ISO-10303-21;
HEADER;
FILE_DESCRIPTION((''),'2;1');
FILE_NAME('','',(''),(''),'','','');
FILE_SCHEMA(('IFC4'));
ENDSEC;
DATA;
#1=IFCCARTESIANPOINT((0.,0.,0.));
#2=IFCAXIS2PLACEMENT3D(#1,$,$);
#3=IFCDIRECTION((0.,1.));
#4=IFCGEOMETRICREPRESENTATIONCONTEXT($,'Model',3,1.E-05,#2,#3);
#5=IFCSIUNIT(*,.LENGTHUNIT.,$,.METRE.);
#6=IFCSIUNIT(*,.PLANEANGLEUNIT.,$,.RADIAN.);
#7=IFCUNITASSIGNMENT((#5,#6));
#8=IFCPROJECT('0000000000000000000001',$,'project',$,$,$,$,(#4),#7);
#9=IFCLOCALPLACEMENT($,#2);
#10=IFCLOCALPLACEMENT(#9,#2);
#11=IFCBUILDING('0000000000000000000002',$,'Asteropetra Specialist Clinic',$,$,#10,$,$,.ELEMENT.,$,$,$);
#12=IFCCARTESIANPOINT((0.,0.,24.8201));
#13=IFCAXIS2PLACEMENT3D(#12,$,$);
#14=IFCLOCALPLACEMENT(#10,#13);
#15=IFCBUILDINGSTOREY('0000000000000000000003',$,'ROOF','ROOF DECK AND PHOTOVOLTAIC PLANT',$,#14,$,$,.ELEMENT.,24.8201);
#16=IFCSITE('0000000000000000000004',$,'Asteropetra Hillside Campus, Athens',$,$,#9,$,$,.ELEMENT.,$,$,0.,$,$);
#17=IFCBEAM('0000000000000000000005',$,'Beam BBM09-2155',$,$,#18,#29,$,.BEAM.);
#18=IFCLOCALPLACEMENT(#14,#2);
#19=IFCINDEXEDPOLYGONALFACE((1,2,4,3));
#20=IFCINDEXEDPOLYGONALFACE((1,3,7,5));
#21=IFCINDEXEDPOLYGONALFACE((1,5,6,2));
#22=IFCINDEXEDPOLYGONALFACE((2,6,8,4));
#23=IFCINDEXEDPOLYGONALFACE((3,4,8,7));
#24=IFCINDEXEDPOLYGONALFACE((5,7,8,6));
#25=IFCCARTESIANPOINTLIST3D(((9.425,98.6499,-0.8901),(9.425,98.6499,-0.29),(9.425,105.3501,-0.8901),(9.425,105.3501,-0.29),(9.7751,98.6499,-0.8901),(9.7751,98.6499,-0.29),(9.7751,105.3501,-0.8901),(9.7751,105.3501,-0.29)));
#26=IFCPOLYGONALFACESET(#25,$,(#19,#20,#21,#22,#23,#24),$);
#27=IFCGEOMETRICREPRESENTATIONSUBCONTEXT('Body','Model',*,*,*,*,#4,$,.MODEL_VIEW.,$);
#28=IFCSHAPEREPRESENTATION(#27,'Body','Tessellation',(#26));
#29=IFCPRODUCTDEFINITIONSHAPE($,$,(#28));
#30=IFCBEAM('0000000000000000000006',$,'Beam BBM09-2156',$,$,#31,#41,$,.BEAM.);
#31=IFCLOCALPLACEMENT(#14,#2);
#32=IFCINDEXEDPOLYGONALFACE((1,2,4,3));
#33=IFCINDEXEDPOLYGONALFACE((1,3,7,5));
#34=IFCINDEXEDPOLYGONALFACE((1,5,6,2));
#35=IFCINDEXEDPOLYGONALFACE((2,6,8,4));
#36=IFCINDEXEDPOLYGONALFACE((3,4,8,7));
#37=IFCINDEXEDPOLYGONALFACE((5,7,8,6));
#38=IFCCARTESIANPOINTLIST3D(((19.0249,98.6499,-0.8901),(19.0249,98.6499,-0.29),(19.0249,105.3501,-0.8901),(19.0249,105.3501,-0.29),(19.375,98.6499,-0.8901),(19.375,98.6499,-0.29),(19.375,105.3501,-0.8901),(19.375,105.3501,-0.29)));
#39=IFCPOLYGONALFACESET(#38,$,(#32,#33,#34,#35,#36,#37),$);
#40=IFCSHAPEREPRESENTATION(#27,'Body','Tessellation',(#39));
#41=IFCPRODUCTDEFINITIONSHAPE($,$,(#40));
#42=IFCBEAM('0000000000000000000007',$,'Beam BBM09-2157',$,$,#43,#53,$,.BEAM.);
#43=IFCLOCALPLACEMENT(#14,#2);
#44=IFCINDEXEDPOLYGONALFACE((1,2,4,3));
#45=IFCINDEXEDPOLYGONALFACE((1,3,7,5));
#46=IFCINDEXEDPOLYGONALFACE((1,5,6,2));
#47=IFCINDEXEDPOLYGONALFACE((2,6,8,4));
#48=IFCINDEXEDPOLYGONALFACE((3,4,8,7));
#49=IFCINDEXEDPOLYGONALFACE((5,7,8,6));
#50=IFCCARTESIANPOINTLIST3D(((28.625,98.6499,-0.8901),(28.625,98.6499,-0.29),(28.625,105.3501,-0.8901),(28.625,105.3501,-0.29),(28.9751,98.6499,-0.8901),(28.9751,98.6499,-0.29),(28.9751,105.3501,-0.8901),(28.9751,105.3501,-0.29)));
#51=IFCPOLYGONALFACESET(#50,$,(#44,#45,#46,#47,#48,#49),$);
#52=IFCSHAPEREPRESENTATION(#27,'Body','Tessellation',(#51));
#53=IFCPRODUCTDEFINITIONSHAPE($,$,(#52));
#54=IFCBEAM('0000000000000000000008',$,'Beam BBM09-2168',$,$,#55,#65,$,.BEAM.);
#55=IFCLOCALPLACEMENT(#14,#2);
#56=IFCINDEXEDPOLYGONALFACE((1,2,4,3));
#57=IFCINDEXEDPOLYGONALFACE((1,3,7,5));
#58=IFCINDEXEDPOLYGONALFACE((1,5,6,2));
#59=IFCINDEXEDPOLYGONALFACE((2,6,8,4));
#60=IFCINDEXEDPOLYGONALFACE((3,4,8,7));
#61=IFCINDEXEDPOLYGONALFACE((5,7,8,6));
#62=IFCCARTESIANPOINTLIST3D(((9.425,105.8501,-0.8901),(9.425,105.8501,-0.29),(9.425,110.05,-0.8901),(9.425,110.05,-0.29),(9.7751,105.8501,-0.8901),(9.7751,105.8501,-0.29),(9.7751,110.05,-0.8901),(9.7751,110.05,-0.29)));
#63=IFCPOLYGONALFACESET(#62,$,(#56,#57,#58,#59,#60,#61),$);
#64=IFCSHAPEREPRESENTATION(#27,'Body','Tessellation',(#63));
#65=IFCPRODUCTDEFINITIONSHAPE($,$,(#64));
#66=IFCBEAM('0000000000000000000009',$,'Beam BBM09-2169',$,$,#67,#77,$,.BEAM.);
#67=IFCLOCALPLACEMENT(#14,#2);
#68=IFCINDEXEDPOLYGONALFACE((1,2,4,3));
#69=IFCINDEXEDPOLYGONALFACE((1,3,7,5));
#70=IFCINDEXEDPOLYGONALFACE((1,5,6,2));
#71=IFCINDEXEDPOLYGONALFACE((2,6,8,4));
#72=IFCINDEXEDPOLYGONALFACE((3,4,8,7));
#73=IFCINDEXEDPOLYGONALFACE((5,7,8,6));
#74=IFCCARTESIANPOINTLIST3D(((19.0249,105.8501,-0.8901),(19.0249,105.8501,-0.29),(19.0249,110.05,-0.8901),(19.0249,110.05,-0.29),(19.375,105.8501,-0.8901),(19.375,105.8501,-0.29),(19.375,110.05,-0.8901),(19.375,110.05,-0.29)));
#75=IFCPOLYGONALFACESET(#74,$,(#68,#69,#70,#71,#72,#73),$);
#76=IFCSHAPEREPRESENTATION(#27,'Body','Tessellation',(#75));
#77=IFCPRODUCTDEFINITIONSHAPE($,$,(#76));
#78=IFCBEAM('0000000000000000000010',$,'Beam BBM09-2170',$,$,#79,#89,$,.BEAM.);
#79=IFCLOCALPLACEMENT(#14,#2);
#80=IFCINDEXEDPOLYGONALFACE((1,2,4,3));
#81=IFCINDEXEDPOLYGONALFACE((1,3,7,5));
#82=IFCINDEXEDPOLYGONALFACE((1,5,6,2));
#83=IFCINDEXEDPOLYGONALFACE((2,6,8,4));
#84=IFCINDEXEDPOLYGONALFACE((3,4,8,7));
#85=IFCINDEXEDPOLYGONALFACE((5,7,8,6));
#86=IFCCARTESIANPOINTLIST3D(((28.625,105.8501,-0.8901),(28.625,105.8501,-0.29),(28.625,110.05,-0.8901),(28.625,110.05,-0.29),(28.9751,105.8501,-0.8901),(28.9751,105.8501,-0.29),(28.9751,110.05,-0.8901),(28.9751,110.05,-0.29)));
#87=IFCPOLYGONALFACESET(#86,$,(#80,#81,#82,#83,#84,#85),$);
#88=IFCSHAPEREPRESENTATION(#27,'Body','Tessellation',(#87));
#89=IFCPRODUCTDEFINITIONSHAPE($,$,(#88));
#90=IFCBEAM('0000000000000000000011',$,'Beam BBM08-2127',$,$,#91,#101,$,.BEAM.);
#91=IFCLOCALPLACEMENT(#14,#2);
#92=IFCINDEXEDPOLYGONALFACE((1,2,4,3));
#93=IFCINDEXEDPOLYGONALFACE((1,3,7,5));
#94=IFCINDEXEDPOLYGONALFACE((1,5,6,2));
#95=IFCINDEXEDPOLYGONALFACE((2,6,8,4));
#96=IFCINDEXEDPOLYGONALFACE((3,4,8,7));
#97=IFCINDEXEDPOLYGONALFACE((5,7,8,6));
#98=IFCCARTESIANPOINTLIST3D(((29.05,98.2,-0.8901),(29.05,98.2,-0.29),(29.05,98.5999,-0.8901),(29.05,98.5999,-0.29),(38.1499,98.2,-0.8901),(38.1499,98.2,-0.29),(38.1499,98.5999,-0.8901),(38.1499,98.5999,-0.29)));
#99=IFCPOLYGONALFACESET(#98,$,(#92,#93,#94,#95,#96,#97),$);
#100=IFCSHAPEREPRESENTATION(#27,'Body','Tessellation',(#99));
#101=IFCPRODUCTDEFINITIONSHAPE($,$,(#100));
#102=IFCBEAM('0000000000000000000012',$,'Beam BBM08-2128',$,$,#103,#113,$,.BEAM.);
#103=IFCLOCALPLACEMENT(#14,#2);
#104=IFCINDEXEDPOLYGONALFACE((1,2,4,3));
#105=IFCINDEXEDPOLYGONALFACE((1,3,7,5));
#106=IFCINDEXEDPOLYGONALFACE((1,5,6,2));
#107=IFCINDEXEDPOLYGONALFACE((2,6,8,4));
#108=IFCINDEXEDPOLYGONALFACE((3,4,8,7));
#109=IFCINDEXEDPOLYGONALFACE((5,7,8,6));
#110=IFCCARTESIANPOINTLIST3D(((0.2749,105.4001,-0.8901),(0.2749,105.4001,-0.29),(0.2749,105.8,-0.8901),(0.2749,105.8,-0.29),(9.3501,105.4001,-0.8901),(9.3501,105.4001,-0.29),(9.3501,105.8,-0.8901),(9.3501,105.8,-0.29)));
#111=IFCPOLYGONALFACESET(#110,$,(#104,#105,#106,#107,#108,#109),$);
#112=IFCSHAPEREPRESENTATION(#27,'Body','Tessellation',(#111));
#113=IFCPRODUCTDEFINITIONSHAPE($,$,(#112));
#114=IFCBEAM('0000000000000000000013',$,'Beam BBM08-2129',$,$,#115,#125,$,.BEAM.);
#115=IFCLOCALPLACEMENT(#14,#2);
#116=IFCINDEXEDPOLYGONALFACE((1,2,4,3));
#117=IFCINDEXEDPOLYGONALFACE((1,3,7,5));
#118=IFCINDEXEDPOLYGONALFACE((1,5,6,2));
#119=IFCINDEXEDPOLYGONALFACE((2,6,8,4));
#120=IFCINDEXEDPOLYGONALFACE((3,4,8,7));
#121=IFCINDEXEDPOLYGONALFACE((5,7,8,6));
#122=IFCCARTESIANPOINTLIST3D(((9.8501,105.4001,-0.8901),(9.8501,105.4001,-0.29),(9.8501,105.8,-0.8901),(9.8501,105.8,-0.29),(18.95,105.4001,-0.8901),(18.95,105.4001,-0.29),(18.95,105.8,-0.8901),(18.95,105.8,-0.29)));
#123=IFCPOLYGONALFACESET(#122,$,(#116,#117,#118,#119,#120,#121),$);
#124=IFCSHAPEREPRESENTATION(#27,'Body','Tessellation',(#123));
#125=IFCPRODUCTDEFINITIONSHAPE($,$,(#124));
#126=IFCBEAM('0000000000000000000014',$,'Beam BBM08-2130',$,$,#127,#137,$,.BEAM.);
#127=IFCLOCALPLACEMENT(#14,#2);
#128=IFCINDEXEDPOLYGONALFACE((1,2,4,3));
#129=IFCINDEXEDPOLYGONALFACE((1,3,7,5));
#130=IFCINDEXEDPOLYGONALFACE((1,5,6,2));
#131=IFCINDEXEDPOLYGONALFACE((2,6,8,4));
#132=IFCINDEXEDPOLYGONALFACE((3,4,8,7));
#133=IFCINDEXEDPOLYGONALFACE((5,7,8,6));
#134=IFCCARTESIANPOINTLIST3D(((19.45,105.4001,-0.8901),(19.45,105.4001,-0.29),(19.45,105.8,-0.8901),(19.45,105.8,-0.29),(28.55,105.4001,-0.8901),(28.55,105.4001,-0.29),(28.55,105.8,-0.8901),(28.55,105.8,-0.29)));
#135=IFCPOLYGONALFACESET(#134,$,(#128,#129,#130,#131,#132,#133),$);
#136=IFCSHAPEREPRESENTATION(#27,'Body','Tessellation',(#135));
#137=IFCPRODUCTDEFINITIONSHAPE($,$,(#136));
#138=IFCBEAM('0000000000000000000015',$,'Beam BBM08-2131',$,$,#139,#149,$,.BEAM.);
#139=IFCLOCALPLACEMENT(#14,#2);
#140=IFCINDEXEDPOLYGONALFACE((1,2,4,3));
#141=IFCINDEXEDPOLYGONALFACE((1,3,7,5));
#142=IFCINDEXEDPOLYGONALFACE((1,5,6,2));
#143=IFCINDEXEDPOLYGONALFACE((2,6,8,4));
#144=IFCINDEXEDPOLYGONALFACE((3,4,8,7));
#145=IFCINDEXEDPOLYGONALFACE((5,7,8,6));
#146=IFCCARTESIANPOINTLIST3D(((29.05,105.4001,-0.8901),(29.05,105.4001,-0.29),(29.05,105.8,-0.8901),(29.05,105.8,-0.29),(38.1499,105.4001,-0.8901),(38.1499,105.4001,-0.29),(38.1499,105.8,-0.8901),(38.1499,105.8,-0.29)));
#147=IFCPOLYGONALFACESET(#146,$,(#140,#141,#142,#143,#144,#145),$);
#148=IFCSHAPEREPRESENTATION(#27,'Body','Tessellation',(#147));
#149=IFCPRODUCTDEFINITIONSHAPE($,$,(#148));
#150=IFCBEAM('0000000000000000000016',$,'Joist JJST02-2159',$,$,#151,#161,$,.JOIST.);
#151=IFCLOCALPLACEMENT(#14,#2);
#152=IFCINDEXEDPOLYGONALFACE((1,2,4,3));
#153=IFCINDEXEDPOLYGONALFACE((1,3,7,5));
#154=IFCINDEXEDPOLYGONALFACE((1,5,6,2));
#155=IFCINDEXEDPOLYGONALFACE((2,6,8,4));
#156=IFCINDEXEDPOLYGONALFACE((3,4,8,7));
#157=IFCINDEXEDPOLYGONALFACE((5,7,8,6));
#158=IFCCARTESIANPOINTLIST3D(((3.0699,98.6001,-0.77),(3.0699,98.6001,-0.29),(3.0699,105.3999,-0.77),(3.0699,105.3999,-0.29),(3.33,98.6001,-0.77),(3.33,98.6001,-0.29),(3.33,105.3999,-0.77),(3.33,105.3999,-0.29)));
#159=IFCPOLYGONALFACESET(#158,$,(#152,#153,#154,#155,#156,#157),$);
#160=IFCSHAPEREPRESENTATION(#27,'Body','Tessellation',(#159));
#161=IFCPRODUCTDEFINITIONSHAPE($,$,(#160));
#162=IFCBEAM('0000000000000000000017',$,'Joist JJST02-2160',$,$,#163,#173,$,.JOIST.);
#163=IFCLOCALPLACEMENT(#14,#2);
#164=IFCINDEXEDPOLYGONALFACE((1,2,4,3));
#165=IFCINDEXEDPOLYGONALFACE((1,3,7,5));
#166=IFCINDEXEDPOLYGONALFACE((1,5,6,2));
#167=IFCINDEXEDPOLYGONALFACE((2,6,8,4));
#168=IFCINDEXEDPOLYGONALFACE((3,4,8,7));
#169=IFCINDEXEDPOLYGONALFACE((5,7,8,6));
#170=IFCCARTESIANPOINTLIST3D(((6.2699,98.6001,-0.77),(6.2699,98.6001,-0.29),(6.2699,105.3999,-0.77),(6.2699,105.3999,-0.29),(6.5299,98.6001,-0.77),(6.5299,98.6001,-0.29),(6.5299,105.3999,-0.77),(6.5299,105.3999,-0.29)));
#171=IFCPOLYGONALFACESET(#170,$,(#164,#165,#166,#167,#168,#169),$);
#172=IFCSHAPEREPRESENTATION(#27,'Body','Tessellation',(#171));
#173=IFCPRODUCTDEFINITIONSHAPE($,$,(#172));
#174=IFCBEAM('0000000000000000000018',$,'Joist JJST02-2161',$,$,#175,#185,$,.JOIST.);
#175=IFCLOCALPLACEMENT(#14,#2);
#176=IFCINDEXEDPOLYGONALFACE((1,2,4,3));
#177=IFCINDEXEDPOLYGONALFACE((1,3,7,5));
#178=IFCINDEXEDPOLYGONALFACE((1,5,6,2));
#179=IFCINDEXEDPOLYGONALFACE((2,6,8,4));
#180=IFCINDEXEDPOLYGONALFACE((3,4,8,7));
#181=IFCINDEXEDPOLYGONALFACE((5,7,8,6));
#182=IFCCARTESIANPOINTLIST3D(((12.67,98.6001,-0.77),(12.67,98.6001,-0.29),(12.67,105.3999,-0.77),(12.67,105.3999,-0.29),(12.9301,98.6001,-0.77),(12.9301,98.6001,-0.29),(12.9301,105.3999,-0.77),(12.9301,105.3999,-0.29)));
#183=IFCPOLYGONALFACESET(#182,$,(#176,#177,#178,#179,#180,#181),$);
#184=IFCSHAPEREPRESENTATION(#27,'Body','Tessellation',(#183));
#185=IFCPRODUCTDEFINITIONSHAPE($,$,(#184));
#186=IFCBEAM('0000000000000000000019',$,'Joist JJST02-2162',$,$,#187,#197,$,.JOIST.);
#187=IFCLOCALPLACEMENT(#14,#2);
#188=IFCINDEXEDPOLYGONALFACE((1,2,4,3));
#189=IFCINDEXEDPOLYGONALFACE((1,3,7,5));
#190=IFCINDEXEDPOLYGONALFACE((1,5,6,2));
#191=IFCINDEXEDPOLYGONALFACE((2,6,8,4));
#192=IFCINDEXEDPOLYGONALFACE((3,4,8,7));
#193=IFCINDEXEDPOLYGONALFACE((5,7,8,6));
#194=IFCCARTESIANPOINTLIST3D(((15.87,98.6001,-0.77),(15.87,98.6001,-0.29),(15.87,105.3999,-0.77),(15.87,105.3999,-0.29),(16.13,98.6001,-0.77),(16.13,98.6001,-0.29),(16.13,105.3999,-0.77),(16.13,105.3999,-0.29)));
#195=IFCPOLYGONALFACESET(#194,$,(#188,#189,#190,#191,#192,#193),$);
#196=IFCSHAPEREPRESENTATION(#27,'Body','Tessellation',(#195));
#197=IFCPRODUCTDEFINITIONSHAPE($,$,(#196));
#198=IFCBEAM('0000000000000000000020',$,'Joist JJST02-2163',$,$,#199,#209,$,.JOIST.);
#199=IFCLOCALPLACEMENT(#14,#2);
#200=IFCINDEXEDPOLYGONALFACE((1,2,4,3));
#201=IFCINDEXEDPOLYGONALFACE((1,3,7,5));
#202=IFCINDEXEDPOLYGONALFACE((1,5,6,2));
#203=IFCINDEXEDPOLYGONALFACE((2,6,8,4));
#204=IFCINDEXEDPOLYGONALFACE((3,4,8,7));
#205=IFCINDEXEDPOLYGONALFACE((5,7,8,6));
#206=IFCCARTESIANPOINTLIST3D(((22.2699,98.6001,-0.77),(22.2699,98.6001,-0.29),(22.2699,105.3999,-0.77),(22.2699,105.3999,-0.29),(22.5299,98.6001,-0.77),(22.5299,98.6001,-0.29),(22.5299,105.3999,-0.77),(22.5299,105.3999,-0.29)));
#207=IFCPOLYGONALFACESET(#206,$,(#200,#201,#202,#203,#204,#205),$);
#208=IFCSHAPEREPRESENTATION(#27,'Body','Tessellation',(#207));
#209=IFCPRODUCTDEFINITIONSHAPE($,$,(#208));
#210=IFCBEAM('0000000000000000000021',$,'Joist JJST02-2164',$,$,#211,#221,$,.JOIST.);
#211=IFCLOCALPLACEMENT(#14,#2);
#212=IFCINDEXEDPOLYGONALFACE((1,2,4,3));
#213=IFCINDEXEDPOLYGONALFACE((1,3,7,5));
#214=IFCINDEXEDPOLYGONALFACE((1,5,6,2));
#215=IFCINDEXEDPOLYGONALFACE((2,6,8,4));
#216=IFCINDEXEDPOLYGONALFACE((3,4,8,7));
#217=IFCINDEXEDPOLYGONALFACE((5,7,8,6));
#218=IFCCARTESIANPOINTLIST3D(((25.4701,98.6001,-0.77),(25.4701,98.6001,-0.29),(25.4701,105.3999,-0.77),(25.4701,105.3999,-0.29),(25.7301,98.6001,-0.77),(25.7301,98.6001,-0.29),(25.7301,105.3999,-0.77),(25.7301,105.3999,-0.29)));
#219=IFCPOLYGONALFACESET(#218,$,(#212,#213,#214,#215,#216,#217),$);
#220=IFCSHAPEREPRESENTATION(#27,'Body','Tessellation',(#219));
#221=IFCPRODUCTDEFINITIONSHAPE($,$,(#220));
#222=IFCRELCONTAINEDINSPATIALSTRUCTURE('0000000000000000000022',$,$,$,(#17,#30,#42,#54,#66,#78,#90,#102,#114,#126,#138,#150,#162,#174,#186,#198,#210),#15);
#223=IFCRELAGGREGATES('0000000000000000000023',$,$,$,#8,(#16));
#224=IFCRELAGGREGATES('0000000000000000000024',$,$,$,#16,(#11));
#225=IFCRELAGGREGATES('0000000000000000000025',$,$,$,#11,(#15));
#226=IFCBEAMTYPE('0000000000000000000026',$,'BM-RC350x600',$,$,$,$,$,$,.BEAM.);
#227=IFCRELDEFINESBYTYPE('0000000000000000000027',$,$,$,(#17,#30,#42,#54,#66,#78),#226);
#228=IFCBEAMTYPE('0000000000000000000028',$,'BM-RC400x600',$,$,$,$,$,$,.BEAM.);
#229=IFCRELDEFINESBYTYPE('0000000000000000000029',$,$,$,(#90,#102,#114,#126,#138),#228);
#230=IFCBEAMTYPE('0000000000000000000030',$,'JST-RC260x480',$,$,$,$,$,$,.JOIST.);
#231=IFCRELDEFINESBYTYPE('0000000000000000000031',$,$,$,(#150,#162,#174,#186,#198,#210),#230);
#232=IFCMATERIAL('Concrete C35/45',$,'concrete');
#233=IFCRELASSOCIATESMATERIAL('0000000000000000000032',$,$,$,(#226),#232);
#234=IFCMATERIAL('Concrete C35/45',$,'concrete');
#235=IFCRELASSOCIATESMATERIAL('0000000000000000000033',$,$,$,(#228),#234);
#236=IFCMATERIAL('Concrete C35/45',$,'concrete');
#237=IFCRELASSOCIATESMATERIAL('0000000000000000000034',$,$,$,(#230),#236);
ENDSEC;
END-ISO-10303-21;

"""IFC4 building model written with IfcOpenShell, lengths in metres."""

from ifc_helpers import new_model, si_unit, direction, frame, origin, origin_2d, place, context, subcontext, project, spatial, rectangle, extrude, material, material_profile, profile_set, type_object, element, save


model = new_model("IFC4")

# Units and contexts
model_context = context("Model", 3, precision=1e-05, world=origin(), true_north=direction((0.0, 1.0)))
body_context = subcontext(model_context, "Body", "Model", "MODEL_VIEW")
ifc_project = project(units=[si_unit("LENGTHUNIT", "METRE"), si_unit("PLANEANGLEUNIT", "RADIAN")], contexts=[model_context])

# Site, building, storey
site_placement = place(None, origin())
site = spatial("IfcSite", under=ifc_project, at=site_placement, Name="Asteropetra Hillside Campus, Athens", CompositionType="ELEMENT", RefElevation=0.0)
building_placement = place(site_placement, origin())
building = spatial("IfcBuilding", under=site, at=building_placement, Name="Asteropetra Specialist Clinic", CompositionType="ELEMENT")
storey_placement = place(building_placement, frame((0.0, 0.0, 24.8201)))
storey = spatial("IfcBuildingStorey", under=building, at=storey_placement, Name="ROOF", Description="ROOF DECK AND PHOTOVOLTAIC PLANT", CompositionType="ELEMENT", Elevation=24.8201)

# Beams
ifc_material_1 = material(Name="Concrete C35/45", Category="concrete")
ifc_material_profile_1 = material_profile(ifc_material_1, rectangle(XDim=0.3501, YDim=0.6001, at=origin_2d()), Name="RCB 350x600")
ifc_profile_set_1 = profile_set([ifc_material_profile_1], Name="Concrete C35/45")
beam_type_1 = type_object("IfcBeamType", Name="BM-RC350x600", PredefinedType="BEAM", material=ifc_profile_set_1)
for number, where, z_axis, x_axis, name in (
    (1, (9.6001, 98.6499, -0.5901), (0.0, 1.0, 0.0), (-1.0, 0.0, 0.0), "Beam BBM09-2155"),
    (2, (19.2, 98.6499, -0.5901), (0.0, 1.0, 0.0), (-1.0, 0.0, 0.0), "Beam BBM09-2156"),
    (3, (28.8, 98.6499, -0.5901), (0.0, 1.0, 0.0), (-1.0, 0.0, 0.0), "Beam BBM09-2157"),
):
    element("IfcBeam", number, at=place(storey_placement, frame(where, z_axis=z_axis, x_axis=x_axis)), inside=storey, type_object=beam_type_1, Name=name, PredefinedType="BEAM", context=body_context, shape_type="SweptSolid", body=[
        extrude(rectangle(XDim=0.3501, YDim=0.6001, at=origin_2d()), origin(), (0.0, 0.0, 1.0), 6.7002),
    ])
for number, where, z_axis, x_axis, name in (
    (4, (9.6001, 105.8501, -0.5901), (0.0, 1.0, 0.0), (-1.0, 0.0, 0.0), "Beam BBM09-2168"),
    (5, (19.2, 105.8501, -0.5901), (0.0, 1.0, 0.0), (-1.0, 0.0, 0.0), "Beam BBM09-2169"),
    (6, (28.8, 105.8501, -0.5901), (0.0, 1.0, 0.0), (-1.0, 0.0, 0.0), "Beam BBM09-2170"),
):
    element("IfcBeam", number, at=place(storey_placement, frame(where, z_axis=z_axis, x_axis=x_axis)), inside=storey, type_object=beam_type_1, Name=name, PredefinedType="BEAM", context=body_context, shape_type="SweptSolid", body=[
        extrude(rectangle(XDim=0.3501, YDim=0.6001, at=origin_2d()), origin(), (0.0, 0.0, 1.0), 4.2),
    ])
ifc_material_2 = material(Name="Concrete C35/45", Category="concrete")
ifc_material_profile_2 = material_profile(ifc_material_2, rectangle(XDim=0.3999, YDim=0.6001, at=origin_2d()), Name="RCB 400x600")
ifc_profile_set_2 = profile_set([ifc_material_profile_2], Name="Concrete C35/45")
beam_type_2 = type_object("IfcBeamType", Name="BM-RC400x600", PredefinedType="BEAM", material=ifc_profile_set_2)
beam_1_placement = place(storey_placement, frame((29.05, 98.3999, -0.5901), z_axis=(1.0, 0.0, 0.0), x_axis=(0.0, 1.0, 0.0)))
element("IfcBeam", 7, at=beam_1_placement, inside=storey, type_object=beam_type_2, Name="Beam BBM08-2127", PredefinedType="BEAM", context=body_context, shape_type="SweptSolid", body=[
    extrude(rectangle(XDim=0.3999, YDim=0.6001, at=origin_2d()), origin(), (0.0, 0.0, 1.0), 9.0999),
])
beam_2_placement = place(storey_placement, frame((0.2749, 105.6001, -0.5901), z_axis=(1.0, 0.0, 0.0), x_axis=(0.0, 1.0, 0.0)))
element("IfcBeam", 8, at=beam_2_placement, inside=storey, type_object=beam_type_2, Name="Beam BBM08-2128", PredefinedType="BEAM", context=body_context, shape_type="SweptSolid", body=[
    extrude(rectangle(XDim=0.3999, YDim=0.6001, at=origin_2d()), origin(), (0.0, 0.0, 1.0), 9.0752),
])
beam_3_placement = place(storey_placement, frame((9.8501, 105.6001, -0.5901), z_axis=(1.0, 0.0, 0.0), x_axis=(0.0, 1.0, 0.0)))
element("IfcBeam", 9, at=beam_3_placement, inside=storey, type_object=beam_type_2, Name="Beam BBM08-2129", PredefinedType="BEAM", context=body_context, shape_type="SweptSolid", body=[
    extrude(rectangle(XDim=0.3999, YDim=0.6001, at=origin_2d()), origin(), (0.0, 0.0, 1.0), 9.0999),
])
beam_4_placement = place(storey_placement, frame((19.45, 105.6001, -0.5901), z_axis=(1.0, 0.0, 0.0), x_axis=(0.0, 1.0, 0.0)))
element("IfcBeam", 10, at=beam_4_placement, inside=storey, type_object=beam_type_2, Name="Beam BBM08-2130", PredefinedType="BEAM", context=body_context, shape_type="SweptSolid", body=[
    extrude(rectangle(XDim=0.3999, YDim=0.6001, at=origin_2d()), origin(), (0.0, 0.0, 1.0), 9.1001),
])
beam_5_placement = place(storey_placement, frame((29.05, 105.6001, -0.5901), z_axis=(1.0, 0.0, 0.0), x_axis=(0.0, 1.0, 0.0)))
element("IfcBeam", 11, at=beam_5_placement, inside=storey, type_object=beam_type_2, Name="Beam BBM08-2131", PredefinedType="BEAM", context=body_context, shape_type="SweptSolid", body=[
    extrude(rectangle(XDim=0.3999, YDim=0.6001, at=origin_2d()), origin(), (0.0, 0.0, 1.0), 9.0999),
])
ifc_material_3 = material(Name="Concrete C35/45", Category="concrete")
ifc_material_profile_3 = material_profile(ifc_material_3, rectangle(XDim=0.26, YDim=0.48, at=origin_2d()), Name="RCJ 260x480")
ifc_profile_set_3 = profile_set([ifc_material_profile_3], Name="Concrete C35/45")
beam_type_3 = type_object("IfcBeamType", Name="JST-RC260x480", PredefinedType="JOIST", material=ifc_profile_set_3)
for number, where, z_axis, x_axis, name in (
    (12, (3.2, 98.6001, -0.53), (0.0, 1.0, 0.0), (-1.0, 0.0, 0.0), "Joist JJST02-2159"),
    (13, (6.3999, 98.6001, -0.53), (0.0, 1.0, 0.0), (-1.0, 0.0, 0.0), "Joist JJST02-2160"),
    (14, (12.8, 98.6001, -0.53), (0.0, 1.0, 0.0), (-1.0, 0.0, 0.0), "Joist JJST02-2161"),
    (15, (16.0, 98.6001, -0.53), (0.0, 1.0, 0.0), (-1.0, 0.0, 0.0), "Joist JJST02-2162"),
    (16, (22.3999, 98.6001, -0.53), (0.0, 1.0, 0.0), (-1.0, 0.0, 0.0), "Joist JJST02-2163"),
    (17, (25.6001, 98.6001, -0.53), (0.0, 1.0, 0.0), (-1.0, 0.0, 0.0), "Joist JJST02-2164"),
):
    element("IfcBeam", number, at=place(storey_placement, frame(where, z_axis=z_axis, x_axis=x_axis)), inside=storey, type_object=beam_type_3, Name=name, PredefinedType="JOIST", context=body_context, shape_type="SweptSolid", body=[
        extrude(rectangle(XDim=0.26, YDim=0.48, at=origin_2d()), origin(), (0.0, 0.0, 1.0), 6.7998),
    ])

save(model, "model.ifc")
